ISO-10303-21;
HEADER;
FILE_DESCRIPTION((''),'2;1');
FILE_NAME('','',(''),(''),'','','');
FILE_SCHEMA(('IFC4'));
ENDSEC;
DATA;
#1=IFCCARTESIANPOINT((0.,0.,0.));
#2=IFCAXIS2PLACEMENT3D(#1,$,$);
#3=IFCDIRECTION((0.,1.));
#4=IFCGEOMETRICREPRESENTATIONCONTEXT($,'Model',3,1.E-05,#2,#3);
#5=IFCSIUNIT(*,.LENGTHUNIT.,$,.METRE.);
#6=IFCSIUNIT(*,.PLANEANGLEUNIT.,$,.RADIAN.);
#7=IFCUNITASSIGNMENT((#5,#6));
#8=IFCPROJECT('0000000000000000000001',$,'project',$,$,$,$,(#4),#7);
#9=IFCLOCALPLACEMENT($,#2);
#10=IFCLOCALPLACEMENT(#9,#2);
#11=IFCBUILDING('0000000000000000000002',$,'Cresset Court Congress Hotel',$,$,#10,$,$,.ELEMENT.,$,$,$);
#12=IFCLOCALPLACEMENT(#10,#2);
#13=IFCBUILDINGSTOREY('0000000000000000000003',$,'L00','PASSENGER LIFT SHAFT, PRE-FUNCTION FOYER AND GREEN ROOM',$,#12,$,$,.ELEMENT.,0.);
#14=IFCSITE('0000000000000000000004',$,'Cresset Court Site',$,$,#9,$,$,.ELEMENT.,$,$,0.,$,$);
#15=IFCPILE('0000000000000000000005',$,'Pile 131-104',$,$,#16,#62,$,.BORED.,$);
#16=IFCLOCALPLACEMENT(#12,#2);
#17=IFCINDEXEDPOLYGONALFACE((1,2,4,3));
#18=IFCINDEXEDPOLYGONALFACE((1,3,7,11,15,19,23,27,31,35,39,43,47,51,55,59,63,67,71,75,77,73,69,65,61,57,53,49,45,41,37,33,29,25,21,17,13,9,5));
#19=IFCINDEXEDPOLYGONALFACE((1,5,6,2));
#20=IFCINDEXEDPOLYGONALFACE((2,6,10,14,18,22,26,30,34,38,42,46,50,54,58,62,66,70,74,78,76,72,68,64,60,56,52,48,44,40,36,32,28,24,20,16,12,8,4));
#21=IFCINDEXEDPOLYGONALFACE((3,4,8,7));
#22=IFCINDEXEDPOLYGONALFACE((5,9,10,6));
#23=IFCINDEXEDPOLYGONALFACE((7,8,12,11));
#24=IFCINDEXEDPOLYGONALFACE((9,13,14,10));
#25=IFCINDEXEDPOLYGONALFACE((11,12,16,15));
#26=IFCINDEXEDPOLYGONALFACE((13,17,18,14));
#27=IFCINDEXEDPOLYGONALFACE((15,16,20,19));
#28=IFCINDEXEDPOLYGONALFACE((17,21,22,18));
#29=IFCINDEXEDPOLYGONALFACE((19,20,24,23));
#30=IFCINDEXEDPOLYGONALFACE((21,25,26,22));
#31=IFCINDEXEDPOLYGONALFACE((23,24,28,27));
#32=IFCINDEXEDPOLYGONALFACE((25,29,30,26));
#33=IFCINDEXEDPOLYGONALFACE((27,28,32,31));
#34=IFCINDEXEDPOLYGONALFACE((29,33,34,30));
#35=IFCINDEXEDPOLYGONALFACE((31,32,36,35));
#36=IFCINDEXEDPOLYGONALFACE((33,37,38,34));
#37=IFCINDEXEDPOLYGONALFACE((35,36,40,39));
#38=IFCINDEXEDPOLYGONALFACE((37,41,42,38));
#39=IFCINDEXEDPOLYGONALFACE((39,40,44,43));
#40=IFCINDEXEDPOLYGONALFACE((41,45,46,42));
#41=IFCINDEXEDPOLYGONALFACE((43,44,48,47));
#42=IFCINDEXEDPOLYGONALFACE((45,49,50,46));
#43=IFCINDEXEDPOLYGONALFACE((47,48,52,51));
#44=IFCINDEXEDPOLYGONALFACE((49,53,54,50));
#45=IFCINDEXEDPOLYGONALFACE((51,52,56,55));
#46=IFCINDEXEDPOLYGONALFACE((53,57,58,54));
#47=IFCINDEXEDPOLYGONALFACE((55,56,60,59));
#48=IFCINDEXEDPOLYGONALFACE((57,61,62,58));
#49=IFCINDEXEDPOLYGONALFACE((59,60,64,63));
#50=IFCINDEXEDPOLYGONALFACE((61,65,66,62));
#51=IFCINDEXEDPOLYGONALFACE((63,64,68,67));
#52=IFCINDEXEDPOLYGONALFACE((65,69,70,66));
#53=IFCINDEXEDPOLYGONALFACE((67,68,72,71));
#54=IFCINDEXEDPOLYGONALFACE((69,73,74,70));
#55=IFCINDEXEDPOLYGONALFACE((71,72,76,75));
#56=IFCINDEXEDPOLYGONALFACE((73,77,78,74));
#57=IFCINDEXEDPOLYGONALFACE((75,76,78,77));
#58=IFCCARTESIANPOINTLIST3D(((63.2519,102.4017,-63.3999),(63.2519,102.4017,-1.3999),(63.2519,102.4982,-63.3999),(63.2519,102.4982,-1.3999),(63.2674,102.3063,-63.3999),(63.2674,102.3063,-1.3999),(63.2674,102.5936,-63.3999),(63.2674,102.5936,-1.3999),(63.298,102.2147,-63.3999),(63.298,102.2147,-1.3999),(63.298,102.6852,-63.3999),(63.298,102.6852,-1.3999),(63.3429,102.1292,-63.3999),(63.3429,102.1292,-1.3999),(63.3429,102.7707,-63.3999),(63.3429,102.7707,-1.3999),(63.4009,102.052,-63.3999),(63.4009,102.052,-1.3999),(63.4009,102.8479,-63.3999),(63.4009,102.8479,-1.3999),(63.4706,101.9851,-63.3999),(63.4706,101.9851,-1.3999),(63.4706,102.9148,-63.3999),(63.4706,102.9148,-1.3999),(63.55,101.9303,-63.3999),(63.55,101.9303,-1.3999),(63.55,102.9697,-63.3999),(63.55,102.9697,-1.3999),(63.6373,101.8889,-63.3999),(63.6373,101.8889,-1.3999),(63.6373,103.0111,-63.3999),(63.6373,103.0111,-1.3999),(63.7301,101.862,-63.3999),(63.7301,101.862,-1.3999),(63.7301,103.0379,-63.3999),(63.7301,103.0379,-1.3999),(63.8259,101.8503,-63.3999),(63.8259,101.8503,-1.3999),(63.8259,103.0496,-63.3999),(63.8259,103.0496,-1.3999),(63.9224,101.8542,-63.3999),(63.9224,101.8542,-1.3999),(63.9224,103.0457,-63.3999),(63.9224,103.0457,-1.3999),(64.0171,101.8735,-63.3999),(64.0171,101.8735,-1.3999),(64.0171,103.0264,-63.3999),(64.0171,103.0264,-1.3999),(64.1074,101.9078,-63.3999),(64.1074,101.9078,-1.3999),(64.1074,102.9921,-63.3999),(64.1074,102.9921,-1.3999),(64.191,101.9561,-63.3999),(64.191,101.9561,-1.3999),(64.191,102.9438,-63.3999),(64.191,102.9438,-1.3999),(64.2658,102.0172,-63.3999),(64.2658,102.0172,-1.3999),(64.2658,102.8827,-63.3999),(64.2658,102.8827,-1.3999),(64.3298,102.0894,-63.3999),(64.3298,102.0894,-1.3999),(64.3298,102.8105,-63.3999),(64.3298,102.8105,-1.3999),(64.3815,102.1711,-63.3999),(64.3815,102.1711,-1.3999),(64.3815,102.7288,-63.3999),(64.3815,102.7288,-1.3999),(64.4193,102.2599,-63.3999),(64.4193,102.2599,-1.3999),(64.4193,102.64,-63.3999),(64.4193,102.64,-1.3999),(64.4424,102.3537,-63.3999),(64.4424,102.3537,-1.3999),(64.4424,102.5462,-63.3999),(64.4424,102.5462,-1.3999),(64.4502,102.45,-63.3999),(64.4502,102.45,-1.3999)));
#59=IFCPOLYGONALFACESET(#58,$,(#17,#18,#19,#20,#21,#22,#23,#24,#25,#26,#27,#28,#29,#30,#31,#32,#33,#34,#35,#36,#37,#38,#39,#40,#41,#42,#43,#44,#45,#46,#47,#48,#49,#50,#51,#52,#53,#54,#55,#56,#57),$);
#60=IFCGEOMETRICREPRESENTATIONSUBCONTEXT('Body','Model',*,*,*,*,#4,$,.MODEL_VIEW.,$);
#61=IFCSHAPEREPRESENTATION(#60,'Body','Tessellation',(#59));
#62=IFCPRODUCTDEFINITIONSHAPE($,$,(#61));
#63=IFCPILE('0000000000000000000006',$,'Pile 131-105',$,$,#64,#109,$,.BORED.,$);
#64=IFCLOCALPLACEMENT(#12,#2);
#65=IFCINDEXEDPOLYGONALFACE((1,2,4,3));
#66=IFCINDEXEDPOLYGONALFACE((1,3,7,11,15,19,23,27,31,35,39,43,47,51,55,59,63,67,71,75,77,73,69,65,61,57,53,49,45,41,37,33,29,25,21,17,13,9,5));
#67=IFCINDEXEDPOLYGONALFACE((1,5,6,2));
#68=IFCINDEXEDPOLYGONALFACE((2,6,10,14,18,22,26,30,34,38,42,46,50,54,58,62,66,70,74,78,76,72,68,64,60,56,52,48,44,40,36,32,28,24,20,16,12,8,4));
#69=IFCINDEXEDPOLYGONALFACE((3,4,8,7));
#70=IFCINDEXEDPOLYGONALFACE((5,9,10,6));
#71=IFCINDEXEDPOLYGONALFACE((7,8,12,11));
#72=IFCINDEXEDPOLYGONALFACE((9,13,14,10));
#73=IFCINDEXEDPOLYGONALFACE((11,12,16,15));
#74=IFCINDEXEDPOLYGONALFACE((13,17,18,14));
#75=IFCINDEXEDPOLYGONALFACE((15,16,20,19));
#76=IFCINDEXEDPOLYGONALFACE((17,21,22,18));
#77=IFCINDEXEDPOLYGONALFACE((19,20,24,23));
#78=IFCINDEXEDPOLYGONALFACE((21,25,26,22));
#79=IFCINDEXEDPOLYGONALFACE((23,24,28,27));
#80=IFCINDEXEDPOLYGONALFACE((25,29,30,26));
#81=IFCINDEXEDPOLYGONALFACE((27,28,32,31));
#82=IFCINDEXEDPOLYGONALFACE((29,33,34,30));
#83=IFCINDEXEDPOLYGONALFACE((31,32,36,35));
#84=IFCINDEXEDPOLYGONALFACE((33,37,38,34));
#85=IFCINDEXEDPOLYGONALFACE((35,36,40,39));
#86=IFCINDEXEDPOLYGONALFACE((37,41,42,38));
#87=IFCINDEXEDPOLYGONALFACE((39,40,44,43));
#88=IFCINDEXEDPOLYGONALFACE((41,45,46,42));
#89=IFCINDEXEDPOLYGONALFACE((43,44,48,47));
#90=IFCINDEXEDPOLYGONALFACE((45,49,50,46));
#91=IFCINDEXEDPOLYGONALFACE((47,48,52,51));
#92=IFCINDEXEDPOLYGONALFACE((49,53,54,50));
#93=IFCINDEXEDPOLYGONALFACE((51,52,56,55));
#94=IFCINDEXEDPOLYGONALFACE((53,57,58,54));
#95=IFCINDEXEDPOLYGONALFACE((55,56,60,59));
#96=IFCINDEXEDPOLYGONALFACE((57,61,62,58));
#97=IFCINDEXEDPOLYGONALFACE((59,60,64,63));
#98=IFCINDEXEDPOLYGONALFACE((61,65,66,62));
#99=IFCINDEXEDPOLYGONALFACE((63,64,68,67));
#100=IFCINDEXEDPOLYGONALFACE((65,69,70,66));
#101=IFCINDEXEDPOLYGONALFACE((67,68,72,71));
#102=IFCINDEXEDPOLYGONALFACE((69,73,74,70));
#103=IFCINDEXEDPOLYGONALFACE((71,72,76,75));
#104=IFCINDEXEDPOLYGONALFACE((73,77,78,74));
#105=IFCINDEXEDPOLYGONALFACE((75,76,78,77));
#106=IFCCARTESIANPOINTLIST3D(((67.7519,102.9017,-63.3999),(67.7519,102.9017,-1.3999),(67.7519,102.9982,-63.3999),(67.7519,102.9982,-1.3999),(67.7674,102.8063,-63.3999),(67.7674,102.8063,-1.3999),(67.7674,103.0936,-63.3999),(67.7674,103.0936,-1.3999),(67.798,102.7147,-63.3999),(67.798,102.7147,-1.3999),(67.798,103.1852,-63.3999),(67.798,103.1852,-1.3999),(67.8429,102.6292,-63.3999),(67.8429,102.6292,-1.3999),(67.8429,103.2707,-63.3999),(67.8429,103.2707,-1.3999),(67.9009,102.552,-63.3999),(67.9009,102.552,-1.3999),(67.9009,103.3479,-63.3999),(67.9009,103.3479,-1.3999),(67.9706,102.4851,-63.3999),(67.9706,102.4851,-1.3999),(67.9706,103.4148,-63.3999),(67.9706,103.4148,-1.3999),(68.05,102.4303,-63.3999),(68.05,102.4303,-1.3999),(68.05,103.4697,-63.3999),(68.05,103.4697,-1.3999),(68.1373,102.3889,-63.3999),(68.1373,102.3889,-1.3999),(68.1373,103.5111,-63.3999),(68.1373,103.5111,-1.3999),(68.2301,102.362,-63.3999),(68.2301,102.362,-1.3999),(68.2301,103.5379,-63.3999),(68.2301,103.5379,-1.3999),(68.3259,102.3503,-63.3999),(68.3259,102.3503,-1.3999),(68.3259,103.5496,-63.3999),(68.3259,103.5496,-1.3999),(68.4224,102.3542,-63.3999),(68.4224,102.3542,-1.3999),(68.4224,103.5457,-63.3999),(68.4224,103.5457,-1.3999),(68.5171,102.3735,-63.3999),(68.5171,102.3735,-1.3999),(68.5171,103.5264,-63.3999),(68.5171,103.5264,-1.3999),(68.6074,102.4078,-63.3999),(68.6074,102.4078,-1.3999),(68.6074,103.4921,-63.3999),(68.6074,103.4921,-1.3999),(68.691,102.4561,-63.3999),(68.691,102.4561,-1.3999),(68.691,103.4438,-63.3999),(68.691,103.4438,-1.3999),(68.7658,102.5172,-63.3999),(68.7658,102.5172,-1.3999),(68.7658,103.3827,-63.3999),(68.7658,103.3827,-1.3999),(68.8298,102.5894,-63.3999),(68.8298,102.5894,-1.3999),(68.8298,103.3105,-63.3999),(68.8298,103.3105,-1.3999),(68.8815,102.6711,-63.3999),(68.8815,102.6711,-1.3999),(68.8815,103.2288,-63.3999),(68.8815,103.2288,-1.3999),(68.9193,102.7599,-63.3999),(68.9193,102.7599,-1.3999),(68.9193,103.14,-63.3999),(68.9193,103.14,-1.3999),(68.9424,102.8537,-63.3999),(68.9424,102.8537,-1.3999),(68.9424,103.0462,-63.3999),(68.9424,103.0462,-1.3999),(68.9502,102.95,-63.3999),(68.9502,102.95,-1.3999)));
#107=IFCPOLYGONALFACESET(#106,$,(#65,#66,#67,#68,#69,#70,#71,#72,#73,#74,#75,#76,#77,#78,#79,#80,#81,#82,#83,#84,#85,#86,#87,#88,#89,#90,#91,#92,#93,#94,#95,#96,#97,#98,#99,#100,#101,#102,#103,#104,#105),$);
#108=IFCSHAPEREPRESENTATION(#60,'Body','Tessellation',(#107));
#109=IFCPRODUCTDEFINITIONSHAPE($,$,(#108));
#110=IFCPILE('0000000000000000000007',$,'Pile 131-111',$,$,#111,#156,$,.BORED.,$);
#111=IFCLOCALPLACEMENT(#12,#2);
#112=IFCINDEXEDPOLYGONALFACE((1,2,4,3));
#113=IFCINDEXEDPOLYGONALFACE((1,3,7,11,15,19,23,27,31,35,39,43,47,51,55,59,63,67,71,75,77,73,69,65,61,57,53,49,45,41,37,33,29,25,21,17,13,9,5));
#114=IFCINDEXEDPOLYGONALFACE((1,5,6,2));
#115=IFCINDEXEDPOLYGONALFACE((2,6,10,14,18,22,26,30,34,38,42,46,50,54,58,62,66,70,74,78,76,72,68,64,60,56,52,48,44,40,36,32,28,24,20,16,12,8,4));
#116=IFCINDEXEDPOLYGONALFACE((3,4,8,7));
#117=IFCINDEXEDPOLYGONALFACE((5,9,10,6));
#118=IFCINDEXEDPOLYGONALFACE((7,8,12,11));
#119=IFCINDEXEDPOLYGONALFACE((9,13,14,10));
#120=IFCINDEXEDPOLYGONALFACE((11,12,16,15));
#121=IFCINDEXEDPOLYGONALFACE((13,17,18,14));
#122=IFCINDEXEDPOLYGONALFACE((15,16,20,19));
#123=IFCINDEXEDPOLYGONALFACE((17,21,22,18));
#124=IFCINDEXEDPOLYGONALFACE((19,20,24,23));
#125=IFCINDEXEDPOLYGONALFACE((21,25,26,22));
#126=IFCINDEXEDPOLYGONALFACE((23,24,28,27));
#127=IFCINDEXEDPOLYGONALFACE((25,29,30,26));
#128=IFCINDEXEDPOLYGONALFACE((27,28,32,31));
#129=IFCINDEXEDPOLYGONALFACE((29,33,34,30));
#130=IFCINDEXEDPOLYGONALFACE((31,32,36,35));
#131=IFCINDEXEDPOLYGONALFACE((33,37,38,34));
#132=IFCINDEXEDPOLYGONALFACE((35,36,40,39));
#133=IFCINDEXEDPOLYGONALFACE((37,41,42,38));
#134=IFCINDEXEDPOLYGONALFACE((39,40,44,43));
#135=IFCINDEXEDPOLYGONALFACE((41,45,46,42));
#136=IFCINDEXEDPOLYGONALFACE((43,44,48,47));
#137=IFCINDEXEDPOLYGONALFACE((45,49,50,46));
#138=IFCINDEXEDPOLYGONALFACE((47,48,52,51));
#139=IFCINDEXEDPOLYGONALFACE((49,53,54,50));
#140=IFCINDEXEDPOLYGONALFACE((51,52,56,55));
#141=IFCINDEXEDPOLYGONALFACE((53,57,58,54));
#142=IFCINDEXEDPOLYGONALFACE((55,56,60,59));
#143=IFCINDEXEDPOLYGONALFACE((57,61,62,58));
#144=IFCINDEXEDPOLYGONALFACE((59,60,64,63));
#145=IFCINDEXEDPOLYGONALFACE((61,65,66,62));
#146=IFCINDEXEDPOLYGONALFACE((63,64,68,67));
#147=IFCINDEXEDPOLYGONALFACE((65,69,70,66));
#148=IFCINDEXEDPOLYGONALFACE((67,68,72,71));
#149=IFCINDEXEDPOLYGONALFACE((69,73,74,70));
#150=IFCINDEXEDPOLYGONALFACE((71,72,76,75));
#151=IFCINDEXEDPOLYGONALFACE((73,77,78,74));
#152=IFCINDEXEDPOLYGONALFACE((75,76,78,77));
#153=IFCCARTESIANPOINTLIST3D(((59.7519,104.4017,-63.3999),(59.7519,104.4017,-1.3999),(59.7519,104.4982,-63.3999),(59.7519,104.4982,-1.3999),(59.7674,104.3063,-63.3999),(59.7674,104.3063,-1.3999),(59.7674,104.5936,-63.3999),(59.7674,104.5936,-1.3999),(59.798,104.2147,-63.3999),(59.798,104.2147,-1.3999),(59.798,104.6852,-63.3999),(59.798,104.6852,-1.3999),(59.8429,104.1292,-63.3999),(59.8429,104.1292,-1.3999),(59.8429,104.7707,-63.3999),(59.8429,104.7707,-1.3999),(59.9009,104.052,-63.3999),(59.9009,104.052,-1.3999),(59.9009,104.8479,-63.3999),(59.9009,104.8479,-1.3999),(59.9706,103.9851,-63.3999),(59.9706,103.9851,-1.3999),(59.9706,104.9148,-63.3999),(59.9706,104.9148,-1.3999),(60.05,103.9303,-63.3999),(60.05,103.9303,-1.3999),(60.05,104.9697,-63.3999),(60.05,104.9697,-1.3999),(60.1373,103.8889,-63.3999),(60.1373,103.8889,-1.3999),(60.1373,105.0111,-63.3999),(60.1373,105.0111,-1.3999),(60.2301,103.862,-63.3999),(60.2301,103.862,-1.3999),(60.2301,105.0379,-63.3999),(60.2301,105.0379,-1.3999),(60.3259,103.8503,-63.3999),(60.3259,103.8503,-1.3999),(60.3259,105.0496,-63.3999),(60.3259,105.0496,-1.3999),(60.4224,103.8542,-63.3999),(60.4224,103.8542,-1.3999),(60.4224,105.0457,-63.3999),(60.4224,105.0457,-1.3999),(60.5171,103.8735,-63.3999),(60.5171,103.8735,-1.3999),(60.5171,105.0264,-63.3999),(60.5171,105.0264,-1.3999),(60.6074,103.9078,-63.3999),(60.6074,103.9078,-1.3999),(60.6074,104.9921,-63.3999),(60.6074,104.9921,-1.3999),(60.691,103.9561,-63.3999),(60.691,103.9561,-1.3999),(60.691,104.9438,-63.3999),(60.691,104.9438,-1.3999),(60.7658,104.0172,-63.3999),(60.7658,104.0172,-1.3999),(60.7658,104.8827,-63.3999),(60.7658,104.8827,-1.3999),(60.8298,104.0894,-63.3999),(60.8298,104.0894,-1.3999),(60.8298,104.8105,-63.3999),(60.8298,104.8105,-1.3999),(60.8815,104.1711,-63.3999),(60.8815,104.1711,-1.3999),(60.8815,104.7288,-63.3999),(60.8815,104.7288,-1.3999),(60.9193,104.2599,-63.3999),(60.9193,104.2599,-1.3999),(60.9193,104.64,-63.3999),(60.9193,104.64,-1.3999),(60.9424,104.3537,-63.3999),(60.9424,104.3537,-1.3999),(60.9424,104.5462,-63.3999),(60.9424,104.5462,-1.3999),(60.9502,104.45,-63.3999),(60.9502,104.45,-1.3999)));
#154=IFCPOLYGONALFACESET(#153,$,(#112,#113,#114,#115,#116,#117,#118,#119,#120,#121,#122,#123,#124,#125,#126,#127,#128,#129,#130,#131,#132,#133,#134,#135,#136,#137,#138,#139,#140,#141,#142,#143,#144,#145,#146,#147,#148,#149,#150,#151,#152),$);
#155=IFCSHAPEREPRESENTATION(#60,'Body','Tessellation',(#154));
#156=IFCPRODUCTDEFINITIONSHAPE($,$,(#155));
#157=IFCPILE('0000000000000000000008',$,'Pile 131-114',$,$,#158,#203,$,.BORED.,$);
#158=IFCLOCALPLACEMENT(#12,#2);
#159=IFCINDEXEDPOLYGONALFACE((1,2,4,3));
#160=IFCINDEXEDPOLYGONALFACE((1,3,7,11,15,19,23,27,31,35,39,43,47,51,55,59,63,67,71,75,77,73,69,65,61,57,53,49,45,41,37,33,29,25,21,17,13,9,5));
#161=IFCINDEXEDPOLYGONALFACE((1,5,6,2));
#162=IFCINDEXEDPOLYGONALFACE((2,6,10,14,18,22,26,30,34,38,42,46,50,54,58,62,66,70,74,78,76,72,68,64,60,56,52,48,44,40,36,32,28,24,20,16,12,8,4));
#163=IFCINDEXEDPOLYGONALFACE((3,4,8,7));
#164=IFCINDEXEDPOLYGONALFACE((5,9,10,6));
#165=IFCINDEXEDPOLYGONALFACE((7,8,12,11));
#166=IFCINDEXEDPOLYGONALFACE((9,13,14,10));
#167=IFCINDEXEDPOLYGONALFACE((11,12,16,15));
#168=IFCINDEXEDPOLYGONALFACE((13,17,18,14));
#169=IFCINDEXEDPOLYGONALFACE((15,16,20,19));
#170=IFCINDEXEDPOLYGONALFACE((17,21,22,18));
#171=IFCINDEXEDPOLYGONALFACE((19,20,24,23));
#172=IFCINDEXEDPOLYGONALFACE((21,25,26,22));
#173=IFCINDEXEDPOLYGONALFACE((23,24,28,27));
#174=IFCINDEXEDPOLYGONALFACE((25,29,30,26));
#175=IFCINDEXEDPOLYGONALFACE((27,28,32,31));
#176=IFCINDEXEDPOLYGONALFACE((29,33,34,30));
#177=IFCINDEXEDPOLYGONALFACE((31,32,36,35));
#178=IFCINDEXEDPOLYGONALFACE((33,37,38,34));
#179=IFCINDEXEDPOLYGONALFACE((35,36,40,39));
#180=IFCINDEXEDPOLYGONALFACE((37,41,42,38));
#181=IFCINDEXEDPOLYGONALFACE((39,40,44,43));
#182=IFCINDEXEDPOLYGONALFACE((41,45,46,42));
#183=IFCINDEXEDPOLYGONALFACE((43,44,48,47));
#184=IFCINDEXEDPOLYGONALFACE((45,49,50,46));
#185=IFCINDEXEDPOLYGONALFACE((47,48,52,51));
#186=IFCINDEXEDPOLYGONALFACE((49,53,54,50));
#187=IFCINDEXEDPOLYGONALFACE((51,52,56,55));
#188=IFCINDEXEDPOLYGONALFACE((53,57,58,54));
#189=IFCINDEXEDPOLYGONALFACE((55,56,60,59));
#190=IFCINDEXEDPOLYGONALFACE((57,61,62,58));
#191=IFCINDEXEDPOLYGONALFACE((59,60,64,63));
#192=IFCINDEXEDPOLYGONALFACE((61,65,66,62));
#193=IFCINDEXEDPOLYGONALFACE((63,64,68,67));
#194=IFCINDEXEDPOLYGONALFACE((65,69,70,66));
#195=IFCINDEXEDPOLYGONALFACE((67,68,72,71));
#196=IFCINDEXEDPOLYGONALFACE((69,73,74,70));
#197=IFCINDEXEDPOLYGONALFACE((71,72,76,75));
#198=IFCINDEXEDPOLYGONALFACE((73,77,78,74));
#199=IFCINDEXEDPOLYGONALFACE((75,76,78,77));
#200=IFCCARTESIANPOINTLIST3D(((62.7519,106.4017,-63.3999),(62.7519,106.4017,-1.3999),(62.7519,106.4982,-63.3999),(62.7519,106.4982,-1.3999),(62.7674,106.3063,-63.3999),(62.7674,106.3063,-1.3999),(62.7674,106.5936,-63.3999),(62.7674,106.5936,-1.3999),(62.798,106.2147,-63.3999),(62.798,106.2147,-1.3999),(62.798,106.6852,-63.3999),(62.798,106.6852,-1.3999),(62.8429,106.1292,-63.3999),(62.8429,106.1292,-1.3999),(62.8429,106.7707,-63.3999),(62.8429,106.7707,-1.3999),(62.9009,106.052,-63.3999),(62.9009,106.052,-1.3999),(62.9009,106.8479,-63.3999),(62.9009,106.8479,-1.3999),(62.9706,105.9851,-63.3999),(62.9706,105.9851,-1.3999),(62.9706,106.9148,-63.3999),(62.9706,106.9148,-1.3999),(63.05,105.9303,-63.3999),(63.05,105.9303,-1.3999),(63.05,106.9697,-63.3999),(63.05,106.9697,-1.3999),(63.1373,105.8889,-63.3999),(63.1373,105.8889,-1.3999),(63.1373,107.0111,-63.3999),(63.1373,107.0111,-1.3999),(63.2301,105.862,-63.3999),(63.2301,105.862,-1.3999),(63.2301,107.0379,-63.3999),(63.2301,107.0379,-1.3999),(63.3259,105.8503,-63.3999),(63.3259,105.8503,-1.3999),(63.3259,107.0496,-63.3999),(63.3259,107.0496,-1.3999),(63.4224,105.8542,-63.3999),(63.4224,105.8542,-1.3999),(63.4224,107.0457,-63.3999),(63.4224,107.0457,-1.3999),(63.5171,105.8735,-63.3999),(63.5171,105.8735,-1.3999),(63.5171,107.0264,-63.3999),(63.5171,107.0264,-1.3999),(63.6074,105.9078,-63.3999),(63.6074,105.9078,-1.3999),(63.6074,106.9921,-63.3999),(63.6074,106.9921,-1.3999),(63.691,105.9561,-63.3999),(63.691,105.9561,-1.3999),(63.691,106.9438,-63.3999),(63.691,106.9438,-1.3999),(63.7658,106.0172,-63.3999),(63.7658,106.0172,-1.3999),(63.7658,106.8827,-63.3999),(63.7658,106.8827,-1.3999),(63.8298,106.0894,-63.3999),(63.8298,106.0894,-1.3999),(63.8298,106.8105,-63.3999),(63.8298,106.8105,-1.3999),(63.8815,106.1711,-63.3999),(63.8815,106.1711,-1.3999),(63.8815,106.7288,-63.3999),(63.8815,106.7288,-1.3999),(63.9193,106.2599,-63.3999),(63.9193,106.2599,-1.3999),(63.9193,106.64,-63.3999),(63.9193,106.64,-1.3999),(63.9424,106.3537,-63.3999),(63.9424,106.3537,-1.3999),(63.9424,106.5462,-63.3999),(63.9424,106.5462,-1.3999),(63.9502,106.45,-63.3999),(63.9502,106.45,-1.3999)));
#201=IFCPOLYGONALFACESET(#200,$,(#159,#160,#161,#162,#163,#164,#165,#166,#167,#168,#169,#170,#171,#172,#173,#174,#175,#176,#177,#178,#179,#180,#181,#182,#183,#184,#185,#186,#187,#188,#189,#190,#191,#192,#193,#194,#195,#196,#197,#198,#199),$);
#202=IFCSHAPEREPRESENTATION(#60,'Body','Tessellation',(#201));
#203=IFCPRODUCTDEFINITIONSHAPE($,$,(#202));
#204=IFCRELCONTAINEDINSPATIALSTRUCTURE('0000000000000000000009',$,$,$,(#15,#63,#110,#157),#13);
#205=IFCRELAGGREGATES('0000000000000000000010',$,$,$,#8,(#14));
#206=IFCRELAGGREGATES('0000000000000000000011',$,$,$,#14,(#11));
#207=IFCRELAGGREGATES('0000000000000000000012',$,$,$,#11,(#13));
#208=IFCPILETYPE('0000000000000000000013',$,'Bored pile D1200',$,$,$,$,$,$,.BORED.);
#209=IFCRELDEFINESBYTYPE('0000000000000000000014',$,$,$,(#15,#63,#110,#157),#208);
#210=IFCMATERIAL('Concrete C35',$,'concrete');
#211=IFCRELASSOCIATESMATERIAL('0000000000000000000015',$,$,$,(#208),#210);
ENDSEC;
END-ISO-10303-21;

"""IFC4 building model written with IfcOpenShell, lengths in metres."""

from ifc_helpers import new_model, si_unit, direction, frame, origin, origin_2d, place, context, subcontext, project, spatial, circle, extrude, material, type_object, element, save


model = new_model("IFC4")

# Units and contexts
model_context = context("Model", 3, precision=1e-05, world=origin(), true_north=direction((0.0, 1.0)))
body_context = subcontext(model_context, "Body", "Model", "MODEL_VIEW")
ifc_project = project(units=[si_unit("LENGTHUNIT", "METRE"), si_unit("PLANEANGLEUNIT", "RADIAN")], contexts=[model_context])

# Site, building, storey
site_placement = place(None, origin())
site = spatial("IfcSite", under=ifc_project, at=site_placement, Name="Cresset Court Site", CompositionType="ELEMENT", RefElevation=0.0)
building_placement = place(site_placement, origin())
building = spatial("IfcBuilding", under=site, at=building_placement, Name="Cresset Court Congress Hotel", CompositionType="ELEMENT")
storey_placement = place(building_placement, origin())
storey = spatial("IfcBuildingStorey", under=building, at=storey_placement, Name="L00", Description="PASSENGER LIFT SHAFT, PRE-FUNCTION FOYER AND GREEN ROOM", CompositionType="ELEMENT", Elevation=0.0)

# Piles
ifc_material_1 = material(Name="Concrete C35", Category="concrete")
pile_type = type_object("IfcPileType", Name="Bored pile D1200", PredefinedType="BORED", material=ifc_material_1)
for number, where, z_axis, x_axis, name in (
    (1, (63.8501, 102.45, -1.3999), (0.0, 0.0, -1.0), (1.0, 0.0, 0.0), "Pile 131-104"),
    (2, (68.3501, 102.95, -1.3999), (0.0, 0.0, -1.0), (1.0, 0.0, 0.0), "Pile 131-105"),
    (3, (60.3501, 104.45, -1.3999), (0.0, 0.0, -1.0), (1.0, 0.0, 0.0), "Pile 131-111"),
    (4, (63.3501, 106.45, -1.3999), (0.0, 0.0, -1.0), (1.0, 0.0, 0.0), "Pile 131-114"),
):
    element("IfcPile", number, at=place(storey_placement, frame(where, z_axis=z_axis, x_axis=x_axis)), inside=storey, type_object=pile_type, Name=name, PredefinedType="BORED", context=body_context, shape_type="SweptSolid", body=[
        extrude(circle(Radius=0.6001, at=origin_2d()), origin(), (0.0, 0.0, 1.0), 62.0),
    ])

save(model, "model.ifc")
